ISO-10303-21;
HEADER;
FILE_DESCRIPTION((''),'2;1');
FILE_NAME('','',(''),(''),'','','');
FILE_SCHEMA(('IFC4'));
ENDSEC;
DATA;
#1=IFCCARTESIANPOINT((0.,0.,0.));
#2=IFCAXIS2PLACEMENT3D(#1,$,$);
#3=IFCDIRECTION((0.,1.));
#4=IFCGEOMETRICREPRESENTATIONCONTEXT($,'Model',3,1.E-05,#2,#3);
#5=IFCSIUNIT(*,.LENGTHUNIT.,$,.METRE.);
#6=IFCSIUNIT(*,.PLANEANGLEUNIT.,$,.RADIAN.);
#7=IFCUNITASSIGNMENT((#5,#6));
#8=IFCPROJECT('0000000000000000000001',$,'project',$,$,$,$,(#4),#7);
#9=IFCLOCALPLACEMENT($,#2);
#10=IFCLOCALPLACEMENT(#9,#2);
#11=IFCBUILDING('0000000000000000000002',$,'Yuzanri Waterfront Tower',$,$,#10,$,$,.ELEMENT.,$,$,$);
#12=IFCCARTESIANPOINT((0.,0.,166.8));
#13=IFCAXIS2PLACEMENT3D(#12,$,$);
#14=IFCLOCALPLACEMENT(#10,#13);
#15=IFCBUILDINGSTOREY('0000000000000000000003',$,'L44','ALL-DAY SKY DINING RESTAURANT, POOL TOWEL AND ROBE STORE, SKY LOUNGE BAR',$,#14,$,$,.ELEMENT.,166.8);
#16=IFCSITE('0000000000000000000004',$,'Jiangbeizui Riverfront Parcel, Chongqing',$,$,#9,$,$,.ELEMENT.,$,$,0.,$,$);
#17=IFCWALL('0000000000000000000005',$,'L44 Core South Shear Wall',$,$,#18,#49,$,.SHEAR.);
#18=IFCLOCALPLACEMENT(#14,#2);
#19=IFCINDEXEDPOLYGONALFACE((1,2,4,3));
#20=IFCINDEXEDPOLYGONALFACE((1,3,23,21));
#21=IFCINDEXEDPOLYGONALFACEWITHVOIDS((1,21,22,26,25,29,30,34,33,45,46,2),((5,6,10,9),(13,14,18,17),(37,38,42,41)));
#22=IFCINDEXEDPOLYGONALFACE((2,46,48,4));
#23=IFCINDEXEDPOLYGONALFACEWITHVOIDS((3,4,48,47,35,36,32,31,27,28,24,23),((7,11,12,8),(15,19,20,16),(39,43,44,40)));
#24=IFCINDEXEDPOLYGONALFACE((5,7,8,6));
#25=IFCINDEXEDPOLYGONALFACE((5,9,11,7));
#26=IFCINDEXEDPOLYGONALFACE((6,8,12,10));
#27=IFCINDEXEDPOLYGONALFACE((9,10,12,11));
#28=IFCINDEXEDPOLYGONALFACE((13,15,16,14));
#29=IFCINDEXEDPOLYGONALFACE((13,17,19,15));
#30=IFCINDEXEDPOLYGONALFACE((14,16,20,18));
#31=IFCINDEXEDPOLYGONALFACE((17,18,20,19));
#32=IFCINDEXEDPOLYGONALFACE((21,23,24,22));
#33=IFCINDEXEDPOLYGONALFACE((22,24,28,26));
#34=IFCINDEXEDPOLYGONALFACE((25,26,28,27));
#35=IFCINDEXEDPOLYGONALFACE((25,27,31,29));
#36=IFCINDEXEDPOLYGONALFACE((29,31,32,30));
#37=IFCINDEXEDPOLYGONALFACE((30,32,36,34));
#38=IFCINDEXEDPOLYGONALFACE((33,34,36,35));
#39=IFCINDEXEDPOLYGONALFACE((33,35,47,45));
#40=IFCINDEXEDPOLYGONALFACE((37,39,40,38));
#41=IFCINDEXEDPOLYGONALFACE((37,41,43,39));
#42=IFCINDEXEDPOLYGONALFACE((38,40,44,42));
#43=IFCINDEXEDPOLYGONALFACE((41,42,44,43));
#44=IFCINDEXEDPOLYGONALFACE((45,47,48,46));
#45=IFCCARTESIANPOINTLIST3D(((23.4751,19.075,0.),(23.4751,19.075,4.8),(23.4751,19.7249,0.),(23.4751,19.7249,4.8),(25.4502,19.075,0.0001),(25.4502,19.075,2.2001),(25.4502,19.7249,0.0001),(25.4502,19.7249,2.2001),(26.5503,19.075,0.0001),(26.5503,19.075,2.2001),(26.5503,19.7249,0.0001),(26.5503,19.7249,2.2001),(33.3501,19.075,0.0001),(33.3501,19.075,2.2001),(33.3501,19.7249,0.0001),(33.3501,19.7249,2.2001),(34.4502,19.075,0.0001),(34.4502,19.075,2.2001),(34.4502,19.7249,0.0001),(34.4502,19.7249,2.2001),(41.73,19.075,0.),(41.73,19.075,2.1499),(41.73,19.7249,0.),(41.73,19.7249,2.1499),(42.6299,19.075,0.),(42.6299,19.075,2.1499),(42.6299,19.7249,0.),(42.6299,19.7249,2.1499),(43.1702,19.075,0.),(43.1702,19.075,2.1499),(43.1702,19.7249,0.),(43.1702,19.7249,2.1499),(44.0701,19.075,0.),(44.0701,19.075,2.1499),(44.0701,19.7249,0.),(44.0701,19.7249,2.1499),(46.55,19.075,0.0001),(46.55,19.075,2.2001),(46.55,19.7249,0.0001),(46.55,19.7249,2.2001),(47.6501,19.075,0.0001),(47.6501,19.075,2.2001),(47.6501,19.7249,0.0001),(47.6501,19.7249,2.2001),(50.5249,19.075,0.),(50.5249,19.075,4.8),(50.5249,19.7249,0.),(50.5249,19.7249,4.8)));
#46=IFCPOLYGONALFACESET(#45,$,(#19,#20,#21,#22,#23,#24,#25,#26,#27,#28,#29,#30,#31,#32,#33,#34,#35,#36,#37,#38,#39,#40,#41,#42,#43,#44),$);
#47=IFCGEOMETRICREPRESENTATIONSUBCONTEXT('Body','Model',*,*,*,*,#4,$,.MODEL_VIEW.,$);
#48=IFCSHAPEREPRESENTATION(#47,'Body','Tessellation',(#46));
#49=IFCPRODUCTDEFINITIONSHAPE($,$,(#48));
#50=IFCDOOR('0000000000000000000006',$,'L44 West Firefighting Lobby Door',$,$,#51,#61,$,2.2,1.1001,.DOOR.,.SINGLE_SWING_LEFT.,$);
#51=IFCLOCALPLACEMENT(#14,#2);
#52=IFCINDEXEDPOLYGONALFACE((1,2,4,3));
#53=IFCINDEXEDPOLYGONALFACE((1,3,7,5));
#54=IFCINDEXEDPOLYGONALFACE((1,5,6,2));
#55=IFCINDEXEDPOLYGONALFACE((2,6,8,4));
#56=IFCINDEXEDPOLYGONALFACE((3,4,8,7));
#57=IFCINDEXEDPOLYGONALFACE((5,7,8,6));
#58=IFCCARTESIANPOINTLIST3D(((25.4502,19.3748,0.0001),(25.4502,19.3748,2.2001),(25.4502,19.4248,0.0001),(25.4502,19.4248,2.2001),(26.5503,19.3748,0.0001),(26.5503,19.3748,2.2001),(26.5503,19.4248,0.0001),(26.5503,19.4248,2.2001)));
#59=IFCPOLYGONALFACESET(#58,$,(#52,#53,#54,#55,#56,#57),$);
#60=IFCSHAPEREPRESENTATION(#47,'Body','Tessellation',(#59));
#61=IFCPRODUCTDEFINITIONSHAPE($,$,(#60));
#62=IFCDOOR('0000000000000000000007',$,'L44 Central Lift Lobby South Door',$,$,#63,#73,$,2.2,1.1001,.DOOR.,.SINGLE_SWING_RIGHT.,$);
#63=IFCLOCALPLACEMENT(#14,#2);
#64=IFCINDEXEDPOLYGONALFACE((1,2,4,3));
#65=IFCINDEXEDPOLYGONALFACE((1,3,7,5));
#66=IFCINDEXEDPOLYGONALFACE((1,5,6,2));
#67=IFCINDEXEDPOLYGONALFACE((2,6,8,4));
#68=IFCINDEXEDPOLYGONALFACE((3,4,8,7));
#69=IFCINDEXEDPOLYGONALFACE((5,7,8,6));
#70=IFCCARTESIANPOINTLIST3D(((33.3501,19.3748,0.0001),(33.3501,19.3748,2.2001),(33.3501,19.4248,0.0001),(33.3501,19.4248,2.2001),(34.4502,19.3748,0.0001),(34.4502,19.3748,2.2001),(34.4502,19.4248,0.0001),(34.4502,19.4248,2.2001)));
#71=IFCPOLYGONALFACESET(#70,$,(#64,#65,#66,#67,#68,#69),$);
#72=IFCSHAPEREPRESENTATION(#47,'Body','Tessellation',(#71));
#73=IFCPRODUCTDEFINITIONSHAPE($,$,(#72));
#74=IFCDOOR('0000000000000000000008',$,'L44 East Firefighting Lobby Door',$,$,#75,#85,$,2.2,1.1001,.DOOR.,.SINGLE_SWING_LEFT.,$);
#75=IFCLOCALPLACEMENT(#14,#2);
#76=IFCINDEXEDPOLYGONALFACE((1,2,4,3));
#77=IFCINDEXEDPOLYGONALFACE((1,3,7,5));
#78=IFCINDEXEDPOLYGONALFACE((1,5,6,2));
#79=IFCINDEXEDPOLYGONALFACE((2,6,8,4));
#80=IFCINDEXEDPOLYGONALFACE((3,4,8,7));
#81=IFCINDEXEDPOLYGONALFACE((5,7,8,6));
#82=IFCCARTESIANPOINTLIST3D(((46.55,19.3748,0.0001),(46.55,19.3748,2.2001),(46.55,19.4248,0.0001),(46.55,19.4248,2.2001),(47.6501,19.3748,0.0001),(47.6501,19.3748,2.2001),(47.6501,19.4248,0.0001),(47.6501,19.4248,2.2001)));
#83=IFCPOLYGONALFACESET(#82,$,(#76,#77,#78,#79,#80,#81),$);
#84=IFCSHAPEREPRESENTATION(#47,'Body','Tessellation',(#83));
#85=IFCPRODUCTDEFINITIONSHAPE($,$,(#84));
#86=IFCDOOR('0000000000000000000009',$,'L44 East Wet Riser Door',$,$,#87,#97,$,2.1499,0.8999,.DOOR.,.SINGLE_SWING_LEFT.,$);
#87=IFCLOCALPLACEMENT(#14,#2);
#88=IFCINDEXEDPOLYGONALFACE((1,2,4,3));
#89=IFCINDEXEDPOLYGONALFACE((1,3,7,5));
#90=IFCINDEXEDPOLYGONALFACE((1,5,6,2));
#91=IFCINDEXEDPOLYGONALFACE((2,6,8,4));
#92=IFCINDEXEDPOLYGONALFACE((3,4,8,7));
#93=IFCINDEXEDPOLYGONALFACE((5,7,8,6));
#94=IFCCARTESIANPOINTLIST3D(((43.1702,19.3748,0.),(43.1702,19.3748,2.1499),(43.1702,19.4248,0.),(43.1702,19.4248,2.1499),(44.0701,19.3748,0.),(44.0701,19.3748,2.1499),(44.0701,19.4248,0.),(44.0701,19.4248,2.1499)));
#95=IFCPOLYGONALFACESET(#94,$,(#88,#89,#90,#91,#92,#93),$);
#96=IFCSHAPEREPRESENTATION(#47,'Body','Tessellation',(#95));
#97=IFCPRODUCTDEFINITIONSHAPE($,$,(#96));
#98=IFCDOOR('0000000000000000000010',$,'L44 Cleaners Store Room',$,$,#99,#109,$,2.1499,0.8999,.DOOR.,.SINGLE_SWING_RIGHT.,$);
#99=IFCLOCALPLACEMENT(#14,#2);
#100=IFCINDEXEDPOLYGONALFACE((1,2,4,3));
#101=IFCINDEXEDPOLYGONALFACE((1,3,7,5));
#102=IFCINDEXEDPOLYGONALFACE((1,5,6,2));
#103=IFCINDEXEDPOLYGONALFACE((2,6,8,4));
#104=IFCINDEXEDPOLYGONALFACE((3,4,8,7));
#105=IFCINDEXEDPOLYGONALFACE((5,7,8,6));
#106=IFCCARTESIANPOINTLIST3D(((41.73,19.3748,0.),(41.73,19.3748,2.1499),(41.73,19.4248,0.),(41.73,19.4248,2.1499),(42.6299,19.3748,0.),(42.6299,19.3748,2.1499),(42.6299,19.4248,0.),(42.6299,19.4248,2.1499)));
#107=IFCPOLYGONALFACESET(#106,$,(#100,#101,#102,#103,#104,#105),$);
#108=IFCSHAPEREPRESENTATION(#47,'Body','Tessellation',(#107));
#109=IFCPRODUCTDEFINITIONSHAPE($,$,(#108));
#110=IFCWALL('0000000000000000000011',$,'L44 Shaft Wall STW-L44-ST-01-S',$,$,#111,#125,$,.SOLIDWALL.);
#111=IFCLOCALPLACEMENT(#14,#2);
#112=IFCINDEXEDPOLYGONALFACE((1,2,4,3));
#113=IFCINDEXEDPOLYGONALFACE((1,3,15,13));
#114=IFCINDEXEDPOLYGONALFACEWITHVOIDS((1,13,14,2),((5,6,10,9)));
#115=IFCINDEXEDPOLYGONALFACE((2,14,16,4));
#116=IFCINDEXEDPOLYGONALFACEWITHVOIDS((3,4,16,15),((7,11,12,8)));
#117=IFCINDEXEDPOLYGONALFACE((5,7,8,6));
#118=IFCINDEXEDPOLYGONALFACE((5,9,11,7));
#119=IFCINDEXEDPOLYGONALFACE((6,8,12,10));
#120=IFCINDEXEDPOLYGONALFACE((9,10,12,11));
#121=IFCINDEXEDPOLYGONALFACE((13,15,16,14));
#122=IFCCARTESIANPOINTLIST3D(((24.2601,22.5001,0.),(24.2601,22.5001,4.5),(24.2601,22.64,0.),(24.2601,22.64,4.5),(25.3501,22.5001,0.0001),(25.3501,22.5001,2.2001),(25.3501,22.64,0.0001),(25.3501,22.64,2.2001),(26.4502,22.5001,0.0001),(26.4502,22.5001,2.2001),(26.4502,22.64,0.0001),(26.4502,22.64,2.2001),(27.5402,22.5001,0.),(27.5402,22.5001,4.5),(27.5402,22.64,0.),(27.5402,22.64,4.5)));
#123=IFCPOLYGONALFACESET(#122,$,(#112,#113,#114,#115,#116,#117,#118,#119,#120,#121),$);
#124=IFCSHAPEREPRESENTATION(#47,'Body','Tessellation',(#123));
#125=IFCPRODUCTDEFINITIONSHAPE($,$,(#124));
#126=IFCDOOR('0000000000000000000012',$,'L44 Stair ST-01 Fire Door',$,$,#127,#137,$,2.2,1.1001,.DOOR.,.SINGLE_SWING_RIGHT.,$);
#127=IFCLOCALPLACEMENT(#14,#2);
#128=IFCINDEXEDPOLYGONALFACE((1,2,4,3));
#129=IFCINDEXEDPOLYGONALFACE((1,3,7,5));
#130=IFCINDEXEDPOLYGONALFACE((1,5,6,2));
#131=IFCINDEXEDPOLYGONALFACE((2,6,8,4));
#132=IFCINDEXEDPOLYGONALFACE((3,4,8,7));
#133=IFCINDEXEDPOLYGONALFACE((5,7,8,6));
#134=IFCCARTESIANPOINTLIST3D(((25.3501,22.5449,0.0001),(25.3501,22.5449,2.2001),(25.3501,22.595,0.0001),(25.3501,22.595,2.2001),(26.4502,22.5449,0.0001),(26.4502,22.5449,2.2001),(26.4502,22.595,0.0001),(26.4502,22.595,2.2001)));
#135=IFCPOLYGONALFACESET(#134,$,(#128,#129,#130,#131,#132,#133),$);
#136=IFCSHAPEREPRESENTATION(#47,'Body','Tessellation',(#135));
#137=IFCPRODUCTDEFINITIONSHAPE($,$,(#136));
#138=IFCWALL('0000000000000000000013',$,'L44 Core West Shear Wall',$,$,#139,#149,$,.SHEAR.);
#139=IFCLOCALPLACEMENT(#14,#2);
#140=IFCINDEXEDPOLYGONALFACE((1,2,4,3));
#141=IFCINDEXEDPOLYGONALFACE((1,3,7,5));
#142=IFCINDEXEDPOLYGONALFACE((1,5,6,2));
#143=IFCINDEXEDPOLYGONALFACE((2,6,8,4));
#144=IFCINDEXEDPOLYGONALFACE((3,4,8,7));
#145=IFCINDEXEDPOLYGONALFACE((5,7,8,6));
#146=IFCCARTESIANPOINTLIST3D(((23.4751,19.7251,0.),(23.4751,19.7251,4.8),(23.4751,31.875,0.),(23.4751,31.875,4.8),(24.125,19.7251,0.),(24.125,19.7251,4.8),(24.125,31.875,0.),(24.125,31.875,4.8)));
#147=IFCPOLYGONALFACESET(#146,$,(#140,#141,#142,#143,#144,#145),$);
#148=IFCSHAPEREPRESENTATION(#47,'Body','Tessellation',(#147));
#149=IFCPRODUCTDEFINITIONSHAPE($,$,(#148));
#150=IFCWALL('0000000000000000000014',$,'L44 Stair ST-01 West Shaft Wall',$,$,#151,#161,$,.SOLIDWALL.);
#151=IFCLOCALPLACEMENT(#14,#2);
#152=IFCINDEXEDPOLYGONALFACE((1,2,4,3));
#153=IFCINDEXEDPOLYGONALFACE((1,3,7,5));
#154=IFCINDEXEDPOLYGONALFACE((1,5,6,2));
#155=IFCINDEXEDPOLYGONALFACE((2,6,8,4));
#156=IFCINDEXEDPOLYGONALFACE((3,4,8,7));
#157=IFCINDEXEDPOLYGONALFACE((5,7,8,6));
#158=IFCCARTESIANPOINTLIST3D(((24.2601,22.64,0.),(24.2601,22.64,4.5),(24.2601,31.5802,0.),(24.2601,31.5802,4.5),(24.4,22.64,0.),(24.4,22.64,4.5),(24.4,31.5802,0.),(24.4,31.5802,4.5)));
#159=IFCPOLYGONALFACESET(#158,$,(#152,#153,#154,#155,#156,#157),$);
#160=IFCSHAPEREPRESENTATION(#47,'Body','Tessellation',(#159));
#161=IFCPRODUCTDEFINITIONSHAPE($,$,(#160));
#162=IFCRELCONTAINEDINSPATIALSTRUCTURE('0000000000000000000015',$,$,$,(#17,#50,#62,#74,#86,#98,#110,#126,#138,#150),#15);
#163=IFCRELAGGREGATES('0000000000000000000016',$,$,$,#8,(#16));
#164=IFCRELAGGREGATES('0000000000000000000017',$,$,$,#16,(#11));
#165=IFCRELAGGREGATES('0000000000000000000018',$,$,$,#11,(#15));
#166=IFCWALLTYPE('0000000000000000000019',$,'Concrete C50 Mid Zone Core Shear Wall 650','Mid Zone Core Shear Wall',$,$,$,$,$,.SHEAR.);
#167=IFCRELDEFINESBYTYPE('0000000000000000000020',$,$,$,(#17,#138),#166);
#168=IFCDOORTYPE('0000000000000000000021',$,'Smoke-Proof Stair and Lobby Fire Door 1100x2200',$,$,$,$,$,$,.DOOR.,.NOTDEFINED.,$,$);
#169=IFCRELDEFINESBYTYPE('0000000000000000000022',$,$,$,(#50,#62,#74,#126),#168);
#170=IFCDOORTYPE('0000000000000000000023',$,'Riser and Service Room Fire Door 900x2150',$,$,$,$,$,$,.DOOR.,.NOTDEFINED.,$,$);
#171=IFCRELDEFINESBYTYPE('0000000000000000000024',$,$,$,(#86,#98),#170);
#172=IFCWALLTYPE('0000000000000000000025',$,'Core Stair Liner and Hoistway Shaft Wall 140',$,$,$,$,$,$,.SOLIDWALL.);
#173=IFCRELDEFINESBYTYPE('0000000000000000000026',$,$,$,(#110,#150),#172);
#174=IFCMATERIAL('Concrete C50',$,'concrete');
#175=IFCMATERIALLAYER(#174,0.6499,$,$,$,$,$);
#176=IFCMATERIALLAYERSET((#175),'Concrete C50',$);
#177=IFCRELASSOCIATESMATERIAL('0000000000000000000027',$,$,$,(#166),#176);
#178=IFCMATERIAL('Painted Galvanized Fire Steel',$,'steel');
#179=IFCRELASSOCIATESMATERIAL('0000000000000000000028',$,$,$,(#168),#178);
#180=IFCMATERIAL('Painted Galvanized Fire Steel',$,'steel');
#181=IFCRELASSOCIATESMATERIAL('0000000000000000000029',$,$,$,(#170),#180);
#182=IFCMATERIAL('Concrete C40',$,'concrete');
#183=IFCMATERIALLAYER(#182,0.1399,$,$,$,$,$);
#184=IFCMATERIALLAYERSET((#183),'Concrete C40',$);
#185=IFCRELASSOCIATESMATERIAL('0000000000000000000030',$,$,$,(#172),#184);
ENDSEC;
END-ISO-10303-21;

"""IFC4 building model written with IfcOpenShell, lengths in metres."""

from ifc_helpers import new_model, si_unit, direction, frame, frame_2d, origin, place, context, subcontext, project, spatial, rectangle, extrude, source, transform, mapped, material, layer, layer_set, type_object, element, fill, save


model = new_model("IFC4")

# Units and contexts
model_context = context("Model", 3, precision=1e-05, world=origin(), true_north=direction((0.0, 1.0)))
body_context = subcontext(model_context, "Body", "Model", "MODEL_VIEW")
ifc_project = project(units=[si_unit("LENGTHUNIT", "METRE"), si_unit("PLANEANGLEUNIT", "RADIAN")], contexts=[model_context])

# Site, building, storey
site_placement = place(None, origin())
site = spatial("IfcSite", under=ifc_project, at=site_placement, Name="Jiangbeizui Riverfront Parcel, Chongqing", CompositionType="ELEMENT", RefElevation=0.0)
building_placement = place(site_placement, origin())
building = spatial("IfcBuilding", under=site, at=building_placement, Name="Yuzanri Waterfront Tower", CompositionType="ELEMENT")
storey_placement = place(building_placement, frame((0.0, 0.0, 166.8)))
storey = spatial("IfcBuildingStorey", under=building, at=storey_placement, Name="L44", Description="ALL-DAY SKY DINING RESTAURANT, POOL TOWEL AND ROBE STORE, SKY LOUNGE BAR", CompositionType="ELEMENT", Elevation=166.8)

# Wall, openings, doors
ifc_material_1 = material(Name="Concrete C50", Category="concrete")
ifc_layer_1 = layer(ifc_material_1, 0.6499)
ifc_layer_set_1 = layer_set([ifc_layer_1], Name="Concrete C50")
wall_type_1 = type_object("IfcWallType", Name="Concrete C50 Mid Zone Core Shear Wall 650", Description="Mid Zone Core Shear Wall", PredefinedType="SHEAR", material=ifc_layer_set_1)
wall_1_placement = place(storey_placement, frame((23.4751, 19.3999, 0.0), z_axis=(0.0, 0.0, 1.0), x_axis=(1.0, 0.0, 0.0)))
wall_1 = element("IfcWall", 1, at=wall_1_placement, inside=storey, type_object=wall_type_1, Name="L44 Core South Shear Wall", PredefinedType="SHEAR", context=body_context, shape_type="SweptSolid", body=[
    extrude(rectangle(XDim=27.0498, YDim=0.6499, at=frame_2d((13.5249, 0.0))), origin(), (0.0, 0.0, 1.0), 4.8),
])
opening_1_placement = place(wall_1_placement, frame((1.9751, 0.0, 0.0)))
opening_1 = element("IfcOpeningElement", 2, at=opening_1_placement, cuts=wall_1, PredefinedType="OPENING", context=body_context, shape_type="SweptSolid", body=[
    extrude(rectangle(XDim=1.1001, YDim=2.2, at=frame_2d((0.55, 1.1001))), frame((0.0, 0.3398, 0.0), z_axis=(0.0, -1.0, 0.0), x_axis=(1.0, 0.0, 0.0)), (0.0, 0.0, 1.0), 0.6797),
])
opening_2_placement = place(wall_1_placement, frame((9.875, 0.0, 0.0)))
opening_2 = element("IfcOpeningElement", 3, at=opening_2_placement, cuts=wall_1, PredefinedType="OPENING", context=body_context, shape_type="SweptSolid", body=[
    extrude(rectangle(XDim=1.1001, YDim=2.2, at=frame_2d((0.55, 1.1001))), frame((0.0, 0.3398, 0.0), z_axis=(0.0, -1.0, 0.0), x_axis=(1.0, 0.0, 0.0)), (0.0, 0.0, 1.0), 0.6797),
])
opening_3_placement = place(wall_1_placement, frame((23.075, 0.0, 0.0)))
opening_3 = element("IfcOpeningElement", 4, at=opening_3_placement, cuts=wall_1, PredefinedType="OPENING", context=body_context, shape_type="SweptSolid", body=[
    extrude(rectangle(XDim=1.1001, YDim=2.2, at=frame_2d((0.55, 1.1001))), frame((0.0, 0.3398, 0.0), z_axis=(0.0, -1.0, 0.0), x_axis=(1.0, 0.0, 0.0)), (0.0, 0.0, 1.0), 0.6797),
])
opening_4_placement = place(wall_1_placement, frame((19.6951, 0.0, 0.0)))
opening_4 = element("IfcOpeningElement", 5, at=opening_4_placement, cuts=wall_1, PredefinedType="OPENING", context=body_context, shape_type="SweptSolid", body=[
    extrude(rectangle(XDim=0.8999, YDim=2.1499, at=frame_2d((0.45, 1.075))), frame((0.0, 0.3398, 0.0), z_axis=(0.0, -1.0, 0.0), x_axis=(1.0, 0.0, 0.0)), (0.0, 0.0, 1.0), 0.6797),
])
opening_5_placement = place(wall_1_placement, frame((18.2549, 0.0, 0.0)))
opening_5 = element("IfcOpeningElement", 6, at=opening_5_placement, cuts=wall_1, PredefinedType="OPENING", context=body_context, shape_type="SweptSolid", body=[
    extrude(rectangle(XDim=0.8999, YDim=2.1499, at=frame_2d((0.45, 1.075))), frame((0.0, 0.3398, 0.0), z_axis=(0.0, -1.0, 0.0), x_axis=(1.0, 0.0, 0.0)), (0.0, 0.0, 1.0), 0.6797),
])
ifc_material_2 = material(Name="Painted Galvanized Fire Steel", Category="steel")
door_type_1 = type_object("IfcDoorType", Name="Smoke-Proof Stair and Lobby Fire Door 1100x2200", OperationType="NOTDEFINED", PredefinedType="DOOR", material=ifc_material_2)
shared_shape_1 = source(origin(), body_context, "Body", "SweptSolid", [
    extrude(rectangle(XDim=1.1001, YDim=2.2, at=frame_2d((0.55, 1.1001))), frame((0.0, 0.0249, 0.0), z_axis=(0.0, -1.0, 0.0), x_axis=(1.0, 0.0, 0.0)), (0.0, 0.0, 1.0), 0.05),
])
door_1_placement = place(opening_1_placement, origin())
door_1 = element("IfcDoor", 7, at=door_1_placement, inside=storey, type_object=door_type_1, Name="L44 West Firefighting Lobby Door", OperationType="SINGLE_SWING_LEFT", OverallHeight=2.2, OverallWidth=1.1001, PredefinedType="DOOR", context=body_context, shape_type="MappedRepresentation", body=[
    mapped(shared_shape_1, transform((0.0, 0.0, 0.0), scale=1.0)),
])
fill(opening_1, door_1)
door_2_placement = place(opening_2_placement, origin())
door_2 = element("IfcDoor", 8, at=door_2_placement, inside=storey, type_object=door_type_1, Name="L44 Central Lift Lobby South Door", OperationType="SINGLE_SWING_RIGHT", OverallHeight=2.2, OverallWidth=1.1001, PredefinedType="DOOR", context=body_context, shape_type="MappedRepresentation", body=[
    mapped(shared_shape_1, transform((0.0, 0.0, 0.0), scale=1.0)),
])
fill(opening_2, door_2)
door_3_placement = place(opening_3_placement, origin())
door_3 = element("IfcDoor", 9, at=door_3_placement, inside=storey, type_object=door_type_1, Name="L44 East Firefighting Lobby Door", OperationType="SINGLE_SWING_LEFT", OverallHeight=2.2, OverallWidth=1.1001, PredefinedType="DOOR", context=body_context, shape_type="MappedRepresentation", body=[
    mapped(shared_shape_1, transform((0.0, 0.0, 0.0), scale=1.0)),
])
fill(opening_3, door_3)
ifc_material_3 = material(Name="Painted Galvanized Fire Steel", Category="steel")
door_type_2 = type_object("IfcDoorType", Name="Riser and Service Room Fire Door 900x2150", OperationType="NOTDEFINED", PredefinedType="DOOR", material=ifc_material_3)
shared_shape_2 = source(origin(), body_context, "Body", "SweptSolid", [
    extrude(rectangle(XDim=0.8999, YDim=2.1499, at=frame_2d((0.45, 1.075))), frame((0.0, 0.0249, 0.0), z_axis=(0.0, -1.0, 0.0), x_axis=(1.0, 0.0, 0.0)), (0.0, 0.0, 1.0), 0.05),
])
door_4_placement = place(opening_4_placement, origin())
door_4 = element("IfcDoor", 10, at=door_4_placement, inside=storey, type_object=door_type_2, Name="L44 East Wet Riser Door", OperationType="SINGLE_SWING_LEFT", OverallHeight=2.1499, OverallWidth=0.8999, PredefinedType="DOOR", context=body_context, shape_type="MappedRepresentation", body=[
    mapped(shared_shape_2, transform((0.0, 0.0, 0.0), scale=1.0)),
])
fill(opening_4, door_4)
door_5_placement = place(opening_5_placement, origin())
door_5 = element("IfcDoor", 11, at=door_5_placement, inside=storey, type_object=door_type_2, Name="L44 Cleaners Store Room", OperationType="SINGLE_SWING_RIGHT", OverallHeight=2.1499, OverallWidth=0.8999, PredefinedType="DOOR", context=body_context, shape_type="MappedRepresentation", body=[
    mapped(shared_shape_2, transform((0.0, 0.0, 0.0), scale=1.0)),
])
fill(opening_5, door_5)

# Wall, opening, door
ifc_material_4 = material(Name="Concrete C40", Category="concrete")
ifc_layer_2 = layer(ifc_material_4, 0.1399)
ifc_layer_set_2 = layer_set([ifc_layer_2], Name="Concrete C40")
wall_type_2 = type_object("IfcWallType", Name="Core Stair Liner and Hoistway Shaft Wall 140", PredefinedType="SOLIDWALL", material=ifc_layer_set_2)
wall_2_placement = place(storey_placement, frame((24.26, 22.5701, 0.0), z_axis=(0.0, 0.0, 1.0), x_axis=(1.0, 0.0, 0.0)))
wall_2 = element("IfcWall", 12, at=wall_2_placement, inside=storey, type_object=wall_type_2, Name="L44 Shaft Wall STW-L44-ST-01-S", PredefinedType="SOLIDWALL", context=body_context, shape_type="SweptSolid", body=[
    extrude(rectangle(XDim=3.28, YDim=0.1399, at=frame_2d((1.6401, 0.0))), origin(), (0.0, 0.0, 1.0), 4.5),
])
opening_6_placement = place(wall_2_placement, frame((1.0901, 0.0, 0.0)))
opening_6 = element("IfcOpeningElement", 13, at=opening_6_placement, cuts=wall_2, PredefinedType="OPENING", context=body_context, shape_type="SweptSolid", body=[
    extrude(rectangle(XDim=1.1001, YDim=2.2, at=frame_2d((0.55, 1.1001))), frame((0.0, 0.085, 0.0), z_axis=(0.0, -1.0, 0.0), x_axis=(1.0, 0.0, 0.0)), (0.0, 0.0, 1.0), 0.1697),
])
door_6_placement = place(opening_6_placement, origin())
door_6 = element("IfcDoor", 14, at=door_6_placement, inside=storey, type_object=door_type_1, Name="L44 Stair ST-01 Fire Door", OperationType="SINGLE_SWING_RIGHT", OverallHeight=2.2, OverallWidth=1.1001, PredefinedType="DOOR", context=body_context, shape_type="MappedRepresentation", body=[
    mapped(shared_shape_1, transform((0.0, 0.0, 0.0), scale=1.0)),
])
fill(opening_6, door_6)

# Walls
shared_shape_3 = source(origin(), body_context, "Body", "SweptSolid", [
    extrude(rectangle(XDim=12.1499, YDim=0.6499, at=frame_2d((6.075, 0.0))), origin(), (0.0, 0.0, 1.0), 4.8),
])
wall_3_placement = place(storey_placement, frame((23.8, 19.7251, 0.0), z_axis=(0.0, 0.0, 1.0), x_axis=(0.0, 1.0, 0.0)))
element("IfcWall", 15, at=wall_3_placement, inside=storey, type_object=wall_type_1, Name="L44 Core West Shear Wall", PredefinedType="SHEAR", context=body_context, shape_type="MappedRepresentation", body=[
    mapped(shared_shape_3, transform((0.0, 0.0, 0.0), scale=1.0)),
])
shared_shape_4 = source(origin(), body_context, "Body", "SweptSolid", [
    extrude(rectangle(XDim=8.9402, YDim=0.1399, at=frame_2d((4.4702, 0.0))), origin(), (0.0, 0.0, 1.0), 4.5),
])
wall_4_placement = place(storey_placement, frame((24.3301, 22.6399, 0.0), z_axis=(0.0, 0.0, 1.0), x_axis=(0.0, 1.0, 0.0)))
element("IfcWall", 16, at=wall_4_placement, inside=storey, type_object=wall_type_2, Name="L44 Stair ST-01 West Shaft Wall", PredefinedType="SOLIDWALL", context=body_context, shape_type="MappedRepresentation", body=[
    mapped(shared_shape_4, transform((0.0, 0.0, 0.0), scale=1.0)),
])

save(model, "model.ifc")
